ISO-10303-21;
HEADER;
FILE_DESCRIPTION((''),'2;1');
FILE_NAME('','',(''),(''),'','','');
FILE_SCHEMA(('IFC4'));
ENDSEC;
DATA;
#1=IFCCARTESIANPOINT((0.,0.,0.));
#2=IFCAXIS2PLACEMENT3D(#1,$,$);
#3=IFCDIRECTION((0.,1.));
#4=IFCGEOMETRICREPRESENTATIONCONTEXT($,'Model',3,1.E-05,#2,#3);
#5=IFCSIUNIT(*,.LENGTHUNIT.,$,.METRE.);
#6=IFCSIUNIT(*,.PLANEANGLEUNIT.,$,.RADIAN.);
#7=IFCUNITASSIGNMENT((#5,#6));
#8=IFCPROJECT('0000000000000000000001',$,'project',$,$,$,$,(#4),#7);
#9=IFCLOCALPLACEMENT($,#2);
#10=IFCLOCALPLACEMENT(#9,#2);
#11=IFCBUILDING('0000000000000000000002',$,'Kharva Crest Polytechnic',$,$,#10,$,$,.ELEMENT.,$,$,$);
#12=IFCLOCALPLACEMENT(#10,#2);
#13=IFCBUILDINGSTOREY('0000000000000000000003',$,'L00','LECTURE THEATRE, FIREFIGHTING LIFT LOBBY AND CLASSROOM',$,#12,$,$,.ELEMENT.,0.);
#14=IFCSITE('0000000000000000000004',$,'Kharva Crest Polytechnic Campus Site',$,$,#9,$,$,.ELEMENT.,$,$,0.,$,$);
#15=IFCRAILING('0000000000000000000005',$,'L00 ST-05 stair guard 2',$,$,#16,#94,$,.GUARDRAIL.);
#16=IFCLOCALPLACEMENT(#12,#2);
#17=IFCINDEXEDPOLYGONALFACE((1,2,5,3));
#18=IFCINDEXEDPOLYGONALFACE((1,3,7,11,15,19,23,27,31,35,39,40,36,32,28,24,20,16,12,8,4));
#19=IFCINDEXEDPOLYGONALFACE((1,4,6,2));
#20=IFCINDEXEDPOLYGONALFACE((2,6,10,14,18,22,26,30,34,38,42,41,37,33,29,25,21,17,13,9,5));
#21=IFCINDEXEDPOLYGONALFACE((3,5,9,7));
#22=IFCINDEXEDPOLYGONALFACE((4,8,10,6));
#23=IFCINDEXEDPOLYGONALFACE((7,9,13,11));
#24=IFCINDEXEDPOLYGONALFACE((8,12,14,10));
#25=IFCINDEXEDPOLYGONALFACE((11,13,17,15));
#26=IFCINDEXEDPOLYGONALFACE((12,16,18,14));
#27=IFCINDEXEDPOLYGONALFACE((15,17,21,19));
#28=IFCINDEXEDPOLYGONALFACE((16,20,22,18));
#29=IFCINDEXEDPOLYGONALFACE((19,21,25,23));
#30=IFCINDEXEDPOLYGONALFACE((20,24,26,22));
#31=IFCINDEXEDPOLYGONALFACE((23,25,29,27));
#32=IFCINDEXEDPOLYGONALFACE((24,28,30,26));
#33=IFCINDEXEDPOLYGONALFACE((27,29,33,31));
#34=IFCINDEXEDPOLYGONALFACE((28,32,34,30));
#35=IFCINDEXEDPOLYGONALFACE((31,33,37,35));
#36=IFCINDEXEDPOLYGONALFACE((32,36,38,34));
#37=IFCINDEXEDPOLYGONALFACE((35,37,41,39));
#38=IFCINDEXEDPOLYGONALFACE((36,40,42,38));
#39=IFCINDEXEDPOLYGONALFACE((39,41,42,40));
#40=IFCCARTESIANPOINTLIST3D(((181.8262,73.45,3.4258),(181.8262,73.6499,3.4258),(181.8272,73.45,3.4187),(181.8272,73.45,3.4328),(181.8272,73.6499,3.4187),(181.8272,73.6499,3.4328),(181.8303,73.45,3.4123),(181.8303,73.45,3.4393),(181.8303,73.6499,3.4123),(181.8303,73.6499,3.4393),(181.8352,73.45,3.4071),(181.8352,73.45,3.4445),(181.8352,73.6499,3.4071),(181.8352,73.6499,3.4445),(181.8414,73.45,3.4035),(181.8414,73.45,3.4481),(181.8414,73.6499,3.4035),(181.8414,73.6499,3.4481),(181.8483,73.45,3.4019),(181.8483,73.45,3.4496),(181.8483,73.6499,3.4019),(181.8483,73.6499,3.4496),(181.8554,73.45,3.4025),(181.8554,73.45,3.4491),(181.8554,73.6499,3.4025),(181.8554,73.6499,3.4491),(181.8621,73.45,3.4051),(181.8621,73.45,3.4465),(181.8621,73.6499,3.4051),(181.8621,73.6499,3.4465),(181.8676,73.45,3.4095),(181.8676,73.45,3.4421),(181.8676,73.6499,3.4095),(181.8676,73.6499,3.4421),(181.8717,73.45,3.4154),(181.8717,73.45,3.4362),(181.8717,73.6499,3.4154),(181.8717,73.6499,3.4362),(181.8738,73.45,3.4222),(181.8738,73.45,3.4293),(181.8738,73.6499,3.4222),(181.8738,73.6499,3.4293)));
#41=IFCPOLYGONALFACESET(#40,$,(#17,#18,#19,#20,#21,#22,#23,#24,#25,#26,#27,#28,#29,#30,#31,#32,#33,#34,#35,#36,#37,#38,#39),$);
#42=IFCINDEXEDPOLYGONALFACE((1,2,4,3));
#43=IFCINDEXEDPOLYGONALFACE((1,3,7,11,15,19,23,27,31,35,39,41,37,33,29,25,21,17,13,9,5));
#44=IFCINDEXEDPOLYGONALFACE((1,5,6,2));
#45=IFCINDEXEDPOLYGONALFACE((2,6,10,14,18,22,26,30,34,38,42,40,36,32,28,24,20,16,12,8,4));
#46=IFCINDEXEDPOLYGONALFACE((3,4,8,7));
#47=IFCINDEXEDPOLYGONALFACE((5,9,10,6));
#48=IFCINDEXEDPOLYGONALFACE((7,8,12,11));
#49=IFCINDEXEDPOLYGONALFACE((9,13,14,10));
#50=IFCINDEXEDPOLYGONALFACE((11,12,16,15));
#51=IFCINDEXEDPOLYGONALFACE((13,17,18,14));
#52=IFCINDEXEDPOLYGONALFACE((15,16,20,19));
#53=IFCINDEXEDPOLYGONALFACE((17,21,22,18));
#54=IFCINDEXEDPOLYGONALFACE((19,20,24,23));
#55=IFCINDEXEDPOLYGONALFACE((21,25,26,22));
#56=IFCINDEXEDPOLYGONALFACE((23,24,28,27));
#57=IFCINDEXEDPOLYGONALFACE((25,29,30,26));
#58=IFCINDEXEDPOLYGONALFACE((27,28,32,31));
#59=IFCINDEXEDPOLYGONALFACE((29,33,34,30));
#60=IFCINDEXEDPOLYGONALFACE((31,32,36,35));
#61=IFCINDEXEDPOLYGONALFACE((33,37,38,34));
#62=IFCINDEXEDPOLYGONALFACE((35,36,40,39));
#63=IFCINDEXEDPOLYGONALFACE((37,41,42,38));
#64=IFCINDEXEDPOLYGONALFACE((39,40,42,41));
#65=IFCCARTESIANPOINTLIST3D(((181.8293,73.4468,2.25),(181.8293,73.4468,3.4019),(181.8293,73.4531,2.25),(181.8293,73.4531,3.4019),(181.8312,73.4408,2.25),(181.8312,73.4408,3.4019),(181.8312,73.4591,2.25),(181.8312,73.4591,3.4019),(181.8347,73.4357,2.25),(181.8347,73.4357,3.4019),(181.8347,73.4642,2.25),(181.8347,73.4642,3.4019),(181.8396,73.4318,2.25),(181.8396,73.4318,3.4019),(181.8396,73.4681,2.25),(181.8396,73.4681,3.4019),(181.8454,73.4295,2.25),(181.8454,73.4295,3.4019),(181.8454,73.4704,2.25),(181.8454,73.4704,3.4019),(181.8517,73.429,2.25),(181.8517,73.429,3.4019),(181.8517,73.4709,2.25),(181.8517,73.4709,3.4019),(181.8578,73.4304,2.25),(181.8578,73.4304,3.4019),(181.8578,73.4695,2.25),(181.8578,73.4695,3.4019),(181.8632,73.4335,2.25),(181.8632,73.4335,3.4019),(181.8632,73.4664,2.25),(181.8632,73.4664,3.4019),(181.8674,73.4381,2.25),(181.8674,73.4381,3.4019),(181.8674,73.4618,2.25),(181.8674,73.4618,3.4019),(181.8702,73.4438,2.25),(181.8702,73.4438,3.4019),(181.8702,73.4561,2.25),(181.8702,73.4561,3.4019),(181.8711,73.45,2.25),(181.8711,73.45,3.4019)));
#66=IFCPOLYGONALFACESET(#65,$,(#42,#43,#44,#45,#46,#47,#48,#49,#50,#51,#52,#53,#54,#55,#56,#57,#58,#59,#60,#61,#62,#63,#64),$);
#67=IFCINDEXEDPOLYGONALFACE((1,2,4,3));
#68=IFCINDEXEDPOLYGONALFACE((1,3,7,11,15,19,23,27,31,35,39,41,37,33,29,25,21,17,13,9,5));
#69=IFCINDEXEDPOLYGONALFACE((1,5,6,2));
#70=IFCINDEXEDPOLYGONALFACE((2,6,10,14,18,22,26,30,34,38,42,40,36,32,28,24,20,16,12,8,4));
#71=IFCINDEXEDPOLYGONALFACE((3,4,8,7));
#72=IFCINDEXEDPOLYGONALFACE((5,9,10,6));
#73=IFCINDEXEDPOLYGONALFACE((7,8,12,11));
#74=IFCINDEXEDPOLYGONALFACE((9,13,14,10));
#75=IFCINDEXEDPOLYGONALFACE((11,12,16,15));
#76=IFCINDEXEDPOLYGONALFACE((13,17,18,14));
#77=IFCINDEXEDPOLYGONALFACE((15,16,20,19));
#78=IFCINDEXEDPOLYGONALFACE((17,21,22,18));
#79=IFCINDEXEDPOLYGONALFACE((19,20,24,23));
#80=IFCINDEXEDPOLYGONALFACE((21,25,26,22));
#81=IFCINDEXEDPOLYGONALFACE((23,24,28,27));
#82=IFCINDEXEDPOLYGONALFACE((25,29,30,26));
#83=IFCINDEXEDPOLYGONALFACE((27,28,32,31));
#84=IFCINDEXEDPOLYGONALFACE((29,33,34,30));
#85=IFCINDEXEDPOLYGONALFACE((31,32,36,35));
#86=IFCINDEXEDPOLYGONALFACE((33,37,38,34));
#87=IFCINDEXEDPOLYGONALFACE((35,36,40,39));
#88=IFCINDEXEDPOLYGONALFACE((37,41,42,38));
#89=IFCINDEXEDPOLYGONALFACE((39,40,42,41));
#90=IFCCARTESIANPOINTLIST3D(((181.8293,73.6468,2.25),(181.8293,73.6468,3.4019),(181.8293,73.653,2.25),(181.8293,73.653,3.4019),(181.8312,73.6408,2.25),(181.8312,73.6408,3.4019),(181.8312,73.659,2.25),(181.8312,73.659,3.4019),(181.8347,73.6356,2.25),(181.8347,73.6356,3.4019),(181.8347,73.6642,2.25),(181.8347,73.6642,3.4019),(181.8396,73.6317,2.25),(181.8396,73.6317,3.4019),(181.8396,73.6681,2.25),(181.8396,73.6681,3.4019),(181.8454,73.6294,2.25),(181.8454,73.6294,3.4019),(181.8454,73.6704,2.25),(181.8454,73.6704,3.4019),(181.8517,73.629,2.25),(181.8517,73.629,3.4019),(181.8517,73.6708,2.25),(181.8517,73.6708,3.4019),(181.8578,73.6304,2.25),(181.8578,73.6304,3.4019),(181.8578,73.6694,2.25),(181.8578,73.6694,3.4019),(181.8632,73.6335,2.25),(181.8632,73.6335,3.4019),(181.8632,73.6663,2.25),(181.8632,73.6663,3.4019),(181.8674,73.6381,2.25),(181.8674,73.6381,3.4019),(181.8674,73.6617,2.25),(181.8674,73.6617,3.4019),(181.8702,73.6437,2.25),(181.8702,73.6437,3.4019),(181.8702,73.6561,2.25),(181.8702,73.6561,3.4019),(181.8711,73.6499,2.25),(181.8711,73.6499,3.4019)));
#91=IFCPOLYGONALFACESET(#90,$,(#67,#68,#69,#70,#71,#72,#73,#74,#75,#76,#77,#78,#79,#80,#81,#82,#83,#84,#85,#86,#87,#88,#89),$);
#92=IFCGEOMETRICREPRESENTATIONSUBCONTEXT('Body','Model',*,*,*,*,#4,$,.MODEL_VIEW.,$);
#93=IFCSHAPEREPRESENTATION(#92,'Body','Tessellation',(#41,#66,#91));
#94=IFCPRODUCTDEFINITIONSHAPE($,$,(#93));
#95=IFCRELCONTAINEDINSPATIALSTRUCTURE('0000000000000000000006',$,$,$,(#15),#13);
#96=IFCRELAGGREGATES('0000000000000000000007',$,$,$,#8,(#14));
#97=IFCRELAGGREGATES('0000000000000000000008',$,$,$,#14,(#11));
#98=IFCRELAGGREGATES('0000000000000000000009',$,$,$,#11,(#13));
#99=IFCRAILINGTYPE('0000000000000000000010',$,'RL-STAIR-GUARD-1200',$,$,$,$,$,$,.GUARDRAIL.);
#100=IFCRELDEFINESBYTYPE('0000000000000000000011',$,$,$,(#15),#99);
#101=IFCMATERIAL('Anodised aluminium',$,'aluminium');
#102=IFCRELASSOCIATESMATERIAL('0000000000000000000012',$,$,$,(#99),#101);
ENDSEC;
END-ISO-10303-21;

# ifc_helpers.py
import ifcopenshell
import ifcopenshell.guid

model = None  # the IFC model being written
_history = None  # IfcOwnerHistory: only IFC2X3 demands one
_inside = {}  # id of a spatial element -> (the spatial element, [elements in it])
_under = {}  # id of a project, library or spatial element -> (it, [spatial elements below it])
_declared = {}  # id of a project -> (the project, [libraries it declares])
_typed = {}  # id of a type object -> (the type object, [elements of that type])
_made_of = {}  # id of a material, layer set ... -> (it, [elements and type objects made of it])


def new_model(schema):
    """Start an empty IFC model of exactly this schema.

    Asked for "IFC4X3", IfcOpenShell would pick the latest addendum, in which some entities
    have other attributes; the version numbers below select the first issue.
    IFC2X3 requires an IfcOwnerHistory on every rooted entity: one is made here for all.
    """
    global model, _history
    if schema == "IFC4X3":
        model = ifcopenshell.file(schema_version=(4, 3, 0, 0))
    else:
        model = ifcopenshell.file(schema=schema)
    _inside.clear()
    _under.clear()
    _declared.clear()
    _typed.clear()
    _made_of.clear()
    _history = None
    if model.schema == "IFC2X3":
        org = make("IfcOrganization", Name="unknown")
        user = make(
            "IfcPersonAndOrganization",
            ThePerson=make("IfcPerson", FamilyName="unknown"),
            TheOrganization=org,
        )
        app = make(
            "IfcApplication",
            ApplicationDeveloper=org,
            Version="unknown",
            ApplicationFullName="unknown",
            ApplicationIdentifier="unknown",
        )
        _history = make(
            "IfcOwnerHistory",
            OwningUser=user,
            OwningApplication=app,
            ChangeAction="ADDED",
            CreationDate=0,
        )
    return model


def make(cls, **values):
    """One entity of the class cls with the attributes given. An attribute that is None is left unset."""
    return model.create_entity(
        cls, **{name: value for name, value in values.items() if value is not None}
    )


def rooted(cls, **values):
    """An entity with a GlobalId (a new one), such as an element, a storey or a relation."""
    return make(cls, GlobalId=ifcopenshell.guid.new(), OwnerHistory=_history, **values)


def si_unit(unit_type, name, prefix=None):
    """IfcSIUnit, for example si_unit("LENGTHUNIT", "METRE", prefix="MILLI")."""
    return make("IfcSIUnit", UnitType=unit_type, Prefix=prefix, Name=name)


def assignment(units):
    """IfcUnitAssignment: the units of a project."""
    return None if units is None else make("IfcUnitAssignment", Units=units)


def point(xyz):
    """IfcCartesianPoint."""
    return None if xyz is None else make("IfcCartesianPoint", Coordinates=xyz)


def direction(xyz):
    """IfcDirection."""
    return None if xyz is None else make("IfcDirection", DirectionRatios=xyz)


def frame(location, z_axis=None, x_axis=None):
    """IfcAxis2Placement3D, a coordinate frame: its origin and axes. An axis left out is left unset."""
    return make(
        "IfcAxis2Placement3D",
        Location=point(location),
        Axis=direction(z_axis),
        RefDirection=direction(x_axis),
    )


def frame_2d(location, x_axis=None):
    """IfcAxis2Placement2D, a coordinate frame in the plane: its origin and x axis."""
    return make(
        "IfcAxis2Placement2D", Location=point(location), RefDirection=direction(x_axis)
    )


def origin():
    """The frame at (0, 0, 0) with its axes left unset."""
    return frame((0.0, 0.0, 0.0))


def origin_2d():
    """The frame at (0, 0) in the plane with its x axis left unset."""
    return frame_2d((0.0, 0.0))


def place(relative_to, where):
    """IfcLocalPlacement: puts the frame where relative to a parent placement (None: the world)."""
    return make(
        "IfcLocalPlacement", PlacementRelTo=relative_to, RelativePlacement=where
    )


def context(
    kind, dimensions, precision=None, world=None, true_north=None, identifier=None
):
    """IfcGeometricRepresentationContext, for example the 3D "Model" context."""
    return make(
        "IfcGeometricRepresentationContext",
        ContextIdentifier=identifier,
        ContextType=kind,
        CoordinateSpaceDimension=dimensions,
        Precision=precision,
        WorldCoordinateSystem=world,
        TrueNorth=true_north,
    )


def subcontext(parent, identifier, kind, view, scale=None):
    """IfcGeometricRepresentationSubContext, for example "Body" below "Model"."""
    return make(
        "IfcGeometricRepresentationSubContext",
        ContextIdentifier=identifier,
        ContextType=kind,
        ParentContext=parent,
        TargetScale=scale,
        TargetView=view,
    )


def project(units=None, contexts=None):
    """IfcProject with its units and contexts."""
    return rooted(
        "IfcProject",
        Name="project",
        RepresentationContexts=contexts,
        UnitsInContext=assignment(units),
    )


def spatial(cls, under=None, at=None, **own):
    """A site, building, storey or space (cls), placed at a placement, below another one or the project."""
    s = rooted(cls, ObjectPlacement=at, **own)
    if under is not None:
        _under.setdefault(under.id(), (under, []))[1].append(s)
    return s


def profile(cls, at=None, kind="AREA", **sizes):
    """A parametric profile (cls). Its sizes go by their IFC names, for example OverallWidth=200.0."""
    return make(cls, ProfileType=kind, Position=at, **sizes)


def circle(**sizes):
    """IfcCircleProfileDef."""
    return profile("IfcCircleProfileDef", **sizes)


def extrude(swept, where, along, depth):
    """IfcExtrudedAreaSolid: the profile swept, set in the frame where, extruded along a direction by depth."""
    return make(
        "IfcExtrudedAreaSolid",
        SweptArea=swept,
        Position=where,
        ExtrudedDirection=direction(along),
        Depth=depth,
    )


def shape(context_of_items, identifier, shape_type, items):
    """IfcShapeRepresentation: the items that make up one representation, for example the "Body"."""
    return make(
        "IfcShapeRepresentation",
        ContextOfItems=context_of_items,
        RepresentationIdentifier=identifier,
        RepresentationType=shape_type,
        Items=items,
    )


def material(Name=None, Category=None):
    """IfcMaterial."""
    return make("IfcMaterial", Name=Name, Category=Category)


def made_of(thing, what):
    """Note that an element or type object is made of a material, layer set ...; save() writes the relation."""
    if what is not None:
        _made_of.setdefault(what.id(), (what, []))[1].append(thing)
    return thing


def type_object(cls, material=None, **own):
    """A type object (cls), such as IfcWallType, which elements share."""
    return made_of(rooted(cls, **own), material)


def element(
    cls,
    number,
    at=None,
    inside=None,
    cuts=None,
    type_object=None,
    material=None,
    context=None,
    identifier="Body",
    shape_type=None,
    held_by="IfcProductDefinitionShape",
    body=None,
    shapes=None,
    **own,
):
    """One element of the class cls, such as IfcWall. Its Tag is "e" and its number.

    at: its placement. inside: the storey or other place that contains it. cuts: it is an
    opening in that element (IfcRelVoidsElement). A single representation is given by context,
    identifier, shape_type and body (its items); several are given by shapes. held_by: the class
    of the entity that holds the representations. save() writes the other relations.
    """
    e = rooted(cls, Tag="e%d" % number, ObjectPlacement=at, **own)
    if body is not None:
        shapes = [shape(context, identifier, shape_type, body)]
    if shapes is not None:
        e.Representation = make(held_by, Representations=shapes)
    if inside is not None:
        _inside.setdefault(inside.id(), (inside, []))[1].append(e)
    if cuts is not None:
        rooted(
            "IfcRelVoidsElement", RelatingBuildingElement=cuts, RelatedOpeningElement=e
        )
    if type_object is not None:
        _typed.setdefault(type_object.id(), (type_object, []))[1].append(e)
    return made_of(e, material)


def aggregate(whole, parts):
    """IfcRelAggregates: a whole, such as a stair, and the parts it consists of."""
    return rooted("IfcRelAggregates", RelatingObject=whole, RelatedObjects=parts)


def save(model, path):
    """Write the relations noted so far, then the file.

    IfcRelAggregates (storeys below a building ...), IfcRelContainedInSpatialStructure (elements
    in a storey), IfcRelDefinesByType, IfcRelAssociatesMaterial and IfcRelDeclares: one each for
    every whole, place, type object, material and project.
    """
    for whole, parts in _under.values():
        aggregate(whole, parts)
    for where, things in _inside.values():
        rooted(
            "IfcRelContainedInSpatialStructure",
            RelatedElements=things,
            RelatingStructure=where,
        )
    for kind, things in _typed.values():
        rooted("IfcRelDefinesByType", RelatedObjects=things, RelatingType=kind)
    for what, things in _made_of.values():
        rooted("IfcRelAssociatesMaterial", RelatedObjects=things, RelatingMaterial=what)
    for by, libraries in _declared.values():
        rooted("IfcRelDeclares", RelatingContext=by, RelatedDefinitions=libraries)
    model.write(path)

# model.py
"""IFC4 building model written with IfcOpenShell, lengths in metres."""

from ifc_helpers import new_model, si_unit, direction, frame, origin, origin_2d, place, context, subcontext, project, spatial, circle, extrude, material, type_object, element, save


model = new_model("IFC4")

# Units and contexts
model_context = context("Model", 3, precision=1e-05, world=origin(), true_north=direction((0.0, 1.0)))
body_context = subcontext(model_context, "Body", "Model", "MODEL_VIEW")
ifc_project = project(units=[si_unit("LENGTHUNIT", "METRE"), si_unit("PLANEANGLEUNIT", "RADIAN")], contexts=[model_context])

# Site, building, storey
site_placement = place(None, origin())
site = spatial("IfcSite", under=ifc_project, at=site_placement, Name="Kharva Crest Polytechnic Campus Site", CompositionType="ELEMENT", RefElevation=0.0)
building_placement = place(site_placement, origin())
building = spatial("IfcBuilding", under=site, at=building_placement, Name="Kharva Crest Polytechnic", CompositionType="ELEMENT")
storey_placement = place(building_placement, origin())
storey = spatial("IfcBuildingStorey", under=building, at=storey_placement, Name="L00", Description="LECTURE THEATRE, FIREFIGHTING LIFT LOBBY AND CLASSROOM", CompositionType="ELEMENT", Elevation=0.0)

# Shared definitions
ifc_material_1 = material(Name="Anodised aluminium", Category="aluminium")

# Railing
railing_type = type_object("IfcRailingType", Name="RL-STAIR-GUARD-1200", PredefinedType="GUARDRAIL", material=ifc_material_1)
railing_1_placement = place(storey_placement, frame((181.8501, 73.45, 2.25)))
element("IfcRailing", 1, at=railing_1_placement, inside=storey, type_object=railing_type, Name="L00 ST-05 stair guard 2", PredefinedType="GUARDRAIL", context=body_context, shape_type="SweptSolid", body=[
    extrude(circle(Radius=0.0239, at=origin_2d()), frame((0.0, 0.0, 1.1758), z_axis=(0.0, 1.0, 0.0), x_axis=(-1.0, 0.0, 0.0)), (0.0, 0.0, 1.0), 0.2),
    extrude(circle(Radius=0.021, at=origin_2d()), origin(), (0.0, 0.0, 1.0), 1.1519),
    extrude(circle(Radius=0.021, at=origin_2d()), frame((0.0, 0.2, 0.0)), (0.0, 0.0, 1.0), 1.1519),
])

save(model, "model.ifc")
